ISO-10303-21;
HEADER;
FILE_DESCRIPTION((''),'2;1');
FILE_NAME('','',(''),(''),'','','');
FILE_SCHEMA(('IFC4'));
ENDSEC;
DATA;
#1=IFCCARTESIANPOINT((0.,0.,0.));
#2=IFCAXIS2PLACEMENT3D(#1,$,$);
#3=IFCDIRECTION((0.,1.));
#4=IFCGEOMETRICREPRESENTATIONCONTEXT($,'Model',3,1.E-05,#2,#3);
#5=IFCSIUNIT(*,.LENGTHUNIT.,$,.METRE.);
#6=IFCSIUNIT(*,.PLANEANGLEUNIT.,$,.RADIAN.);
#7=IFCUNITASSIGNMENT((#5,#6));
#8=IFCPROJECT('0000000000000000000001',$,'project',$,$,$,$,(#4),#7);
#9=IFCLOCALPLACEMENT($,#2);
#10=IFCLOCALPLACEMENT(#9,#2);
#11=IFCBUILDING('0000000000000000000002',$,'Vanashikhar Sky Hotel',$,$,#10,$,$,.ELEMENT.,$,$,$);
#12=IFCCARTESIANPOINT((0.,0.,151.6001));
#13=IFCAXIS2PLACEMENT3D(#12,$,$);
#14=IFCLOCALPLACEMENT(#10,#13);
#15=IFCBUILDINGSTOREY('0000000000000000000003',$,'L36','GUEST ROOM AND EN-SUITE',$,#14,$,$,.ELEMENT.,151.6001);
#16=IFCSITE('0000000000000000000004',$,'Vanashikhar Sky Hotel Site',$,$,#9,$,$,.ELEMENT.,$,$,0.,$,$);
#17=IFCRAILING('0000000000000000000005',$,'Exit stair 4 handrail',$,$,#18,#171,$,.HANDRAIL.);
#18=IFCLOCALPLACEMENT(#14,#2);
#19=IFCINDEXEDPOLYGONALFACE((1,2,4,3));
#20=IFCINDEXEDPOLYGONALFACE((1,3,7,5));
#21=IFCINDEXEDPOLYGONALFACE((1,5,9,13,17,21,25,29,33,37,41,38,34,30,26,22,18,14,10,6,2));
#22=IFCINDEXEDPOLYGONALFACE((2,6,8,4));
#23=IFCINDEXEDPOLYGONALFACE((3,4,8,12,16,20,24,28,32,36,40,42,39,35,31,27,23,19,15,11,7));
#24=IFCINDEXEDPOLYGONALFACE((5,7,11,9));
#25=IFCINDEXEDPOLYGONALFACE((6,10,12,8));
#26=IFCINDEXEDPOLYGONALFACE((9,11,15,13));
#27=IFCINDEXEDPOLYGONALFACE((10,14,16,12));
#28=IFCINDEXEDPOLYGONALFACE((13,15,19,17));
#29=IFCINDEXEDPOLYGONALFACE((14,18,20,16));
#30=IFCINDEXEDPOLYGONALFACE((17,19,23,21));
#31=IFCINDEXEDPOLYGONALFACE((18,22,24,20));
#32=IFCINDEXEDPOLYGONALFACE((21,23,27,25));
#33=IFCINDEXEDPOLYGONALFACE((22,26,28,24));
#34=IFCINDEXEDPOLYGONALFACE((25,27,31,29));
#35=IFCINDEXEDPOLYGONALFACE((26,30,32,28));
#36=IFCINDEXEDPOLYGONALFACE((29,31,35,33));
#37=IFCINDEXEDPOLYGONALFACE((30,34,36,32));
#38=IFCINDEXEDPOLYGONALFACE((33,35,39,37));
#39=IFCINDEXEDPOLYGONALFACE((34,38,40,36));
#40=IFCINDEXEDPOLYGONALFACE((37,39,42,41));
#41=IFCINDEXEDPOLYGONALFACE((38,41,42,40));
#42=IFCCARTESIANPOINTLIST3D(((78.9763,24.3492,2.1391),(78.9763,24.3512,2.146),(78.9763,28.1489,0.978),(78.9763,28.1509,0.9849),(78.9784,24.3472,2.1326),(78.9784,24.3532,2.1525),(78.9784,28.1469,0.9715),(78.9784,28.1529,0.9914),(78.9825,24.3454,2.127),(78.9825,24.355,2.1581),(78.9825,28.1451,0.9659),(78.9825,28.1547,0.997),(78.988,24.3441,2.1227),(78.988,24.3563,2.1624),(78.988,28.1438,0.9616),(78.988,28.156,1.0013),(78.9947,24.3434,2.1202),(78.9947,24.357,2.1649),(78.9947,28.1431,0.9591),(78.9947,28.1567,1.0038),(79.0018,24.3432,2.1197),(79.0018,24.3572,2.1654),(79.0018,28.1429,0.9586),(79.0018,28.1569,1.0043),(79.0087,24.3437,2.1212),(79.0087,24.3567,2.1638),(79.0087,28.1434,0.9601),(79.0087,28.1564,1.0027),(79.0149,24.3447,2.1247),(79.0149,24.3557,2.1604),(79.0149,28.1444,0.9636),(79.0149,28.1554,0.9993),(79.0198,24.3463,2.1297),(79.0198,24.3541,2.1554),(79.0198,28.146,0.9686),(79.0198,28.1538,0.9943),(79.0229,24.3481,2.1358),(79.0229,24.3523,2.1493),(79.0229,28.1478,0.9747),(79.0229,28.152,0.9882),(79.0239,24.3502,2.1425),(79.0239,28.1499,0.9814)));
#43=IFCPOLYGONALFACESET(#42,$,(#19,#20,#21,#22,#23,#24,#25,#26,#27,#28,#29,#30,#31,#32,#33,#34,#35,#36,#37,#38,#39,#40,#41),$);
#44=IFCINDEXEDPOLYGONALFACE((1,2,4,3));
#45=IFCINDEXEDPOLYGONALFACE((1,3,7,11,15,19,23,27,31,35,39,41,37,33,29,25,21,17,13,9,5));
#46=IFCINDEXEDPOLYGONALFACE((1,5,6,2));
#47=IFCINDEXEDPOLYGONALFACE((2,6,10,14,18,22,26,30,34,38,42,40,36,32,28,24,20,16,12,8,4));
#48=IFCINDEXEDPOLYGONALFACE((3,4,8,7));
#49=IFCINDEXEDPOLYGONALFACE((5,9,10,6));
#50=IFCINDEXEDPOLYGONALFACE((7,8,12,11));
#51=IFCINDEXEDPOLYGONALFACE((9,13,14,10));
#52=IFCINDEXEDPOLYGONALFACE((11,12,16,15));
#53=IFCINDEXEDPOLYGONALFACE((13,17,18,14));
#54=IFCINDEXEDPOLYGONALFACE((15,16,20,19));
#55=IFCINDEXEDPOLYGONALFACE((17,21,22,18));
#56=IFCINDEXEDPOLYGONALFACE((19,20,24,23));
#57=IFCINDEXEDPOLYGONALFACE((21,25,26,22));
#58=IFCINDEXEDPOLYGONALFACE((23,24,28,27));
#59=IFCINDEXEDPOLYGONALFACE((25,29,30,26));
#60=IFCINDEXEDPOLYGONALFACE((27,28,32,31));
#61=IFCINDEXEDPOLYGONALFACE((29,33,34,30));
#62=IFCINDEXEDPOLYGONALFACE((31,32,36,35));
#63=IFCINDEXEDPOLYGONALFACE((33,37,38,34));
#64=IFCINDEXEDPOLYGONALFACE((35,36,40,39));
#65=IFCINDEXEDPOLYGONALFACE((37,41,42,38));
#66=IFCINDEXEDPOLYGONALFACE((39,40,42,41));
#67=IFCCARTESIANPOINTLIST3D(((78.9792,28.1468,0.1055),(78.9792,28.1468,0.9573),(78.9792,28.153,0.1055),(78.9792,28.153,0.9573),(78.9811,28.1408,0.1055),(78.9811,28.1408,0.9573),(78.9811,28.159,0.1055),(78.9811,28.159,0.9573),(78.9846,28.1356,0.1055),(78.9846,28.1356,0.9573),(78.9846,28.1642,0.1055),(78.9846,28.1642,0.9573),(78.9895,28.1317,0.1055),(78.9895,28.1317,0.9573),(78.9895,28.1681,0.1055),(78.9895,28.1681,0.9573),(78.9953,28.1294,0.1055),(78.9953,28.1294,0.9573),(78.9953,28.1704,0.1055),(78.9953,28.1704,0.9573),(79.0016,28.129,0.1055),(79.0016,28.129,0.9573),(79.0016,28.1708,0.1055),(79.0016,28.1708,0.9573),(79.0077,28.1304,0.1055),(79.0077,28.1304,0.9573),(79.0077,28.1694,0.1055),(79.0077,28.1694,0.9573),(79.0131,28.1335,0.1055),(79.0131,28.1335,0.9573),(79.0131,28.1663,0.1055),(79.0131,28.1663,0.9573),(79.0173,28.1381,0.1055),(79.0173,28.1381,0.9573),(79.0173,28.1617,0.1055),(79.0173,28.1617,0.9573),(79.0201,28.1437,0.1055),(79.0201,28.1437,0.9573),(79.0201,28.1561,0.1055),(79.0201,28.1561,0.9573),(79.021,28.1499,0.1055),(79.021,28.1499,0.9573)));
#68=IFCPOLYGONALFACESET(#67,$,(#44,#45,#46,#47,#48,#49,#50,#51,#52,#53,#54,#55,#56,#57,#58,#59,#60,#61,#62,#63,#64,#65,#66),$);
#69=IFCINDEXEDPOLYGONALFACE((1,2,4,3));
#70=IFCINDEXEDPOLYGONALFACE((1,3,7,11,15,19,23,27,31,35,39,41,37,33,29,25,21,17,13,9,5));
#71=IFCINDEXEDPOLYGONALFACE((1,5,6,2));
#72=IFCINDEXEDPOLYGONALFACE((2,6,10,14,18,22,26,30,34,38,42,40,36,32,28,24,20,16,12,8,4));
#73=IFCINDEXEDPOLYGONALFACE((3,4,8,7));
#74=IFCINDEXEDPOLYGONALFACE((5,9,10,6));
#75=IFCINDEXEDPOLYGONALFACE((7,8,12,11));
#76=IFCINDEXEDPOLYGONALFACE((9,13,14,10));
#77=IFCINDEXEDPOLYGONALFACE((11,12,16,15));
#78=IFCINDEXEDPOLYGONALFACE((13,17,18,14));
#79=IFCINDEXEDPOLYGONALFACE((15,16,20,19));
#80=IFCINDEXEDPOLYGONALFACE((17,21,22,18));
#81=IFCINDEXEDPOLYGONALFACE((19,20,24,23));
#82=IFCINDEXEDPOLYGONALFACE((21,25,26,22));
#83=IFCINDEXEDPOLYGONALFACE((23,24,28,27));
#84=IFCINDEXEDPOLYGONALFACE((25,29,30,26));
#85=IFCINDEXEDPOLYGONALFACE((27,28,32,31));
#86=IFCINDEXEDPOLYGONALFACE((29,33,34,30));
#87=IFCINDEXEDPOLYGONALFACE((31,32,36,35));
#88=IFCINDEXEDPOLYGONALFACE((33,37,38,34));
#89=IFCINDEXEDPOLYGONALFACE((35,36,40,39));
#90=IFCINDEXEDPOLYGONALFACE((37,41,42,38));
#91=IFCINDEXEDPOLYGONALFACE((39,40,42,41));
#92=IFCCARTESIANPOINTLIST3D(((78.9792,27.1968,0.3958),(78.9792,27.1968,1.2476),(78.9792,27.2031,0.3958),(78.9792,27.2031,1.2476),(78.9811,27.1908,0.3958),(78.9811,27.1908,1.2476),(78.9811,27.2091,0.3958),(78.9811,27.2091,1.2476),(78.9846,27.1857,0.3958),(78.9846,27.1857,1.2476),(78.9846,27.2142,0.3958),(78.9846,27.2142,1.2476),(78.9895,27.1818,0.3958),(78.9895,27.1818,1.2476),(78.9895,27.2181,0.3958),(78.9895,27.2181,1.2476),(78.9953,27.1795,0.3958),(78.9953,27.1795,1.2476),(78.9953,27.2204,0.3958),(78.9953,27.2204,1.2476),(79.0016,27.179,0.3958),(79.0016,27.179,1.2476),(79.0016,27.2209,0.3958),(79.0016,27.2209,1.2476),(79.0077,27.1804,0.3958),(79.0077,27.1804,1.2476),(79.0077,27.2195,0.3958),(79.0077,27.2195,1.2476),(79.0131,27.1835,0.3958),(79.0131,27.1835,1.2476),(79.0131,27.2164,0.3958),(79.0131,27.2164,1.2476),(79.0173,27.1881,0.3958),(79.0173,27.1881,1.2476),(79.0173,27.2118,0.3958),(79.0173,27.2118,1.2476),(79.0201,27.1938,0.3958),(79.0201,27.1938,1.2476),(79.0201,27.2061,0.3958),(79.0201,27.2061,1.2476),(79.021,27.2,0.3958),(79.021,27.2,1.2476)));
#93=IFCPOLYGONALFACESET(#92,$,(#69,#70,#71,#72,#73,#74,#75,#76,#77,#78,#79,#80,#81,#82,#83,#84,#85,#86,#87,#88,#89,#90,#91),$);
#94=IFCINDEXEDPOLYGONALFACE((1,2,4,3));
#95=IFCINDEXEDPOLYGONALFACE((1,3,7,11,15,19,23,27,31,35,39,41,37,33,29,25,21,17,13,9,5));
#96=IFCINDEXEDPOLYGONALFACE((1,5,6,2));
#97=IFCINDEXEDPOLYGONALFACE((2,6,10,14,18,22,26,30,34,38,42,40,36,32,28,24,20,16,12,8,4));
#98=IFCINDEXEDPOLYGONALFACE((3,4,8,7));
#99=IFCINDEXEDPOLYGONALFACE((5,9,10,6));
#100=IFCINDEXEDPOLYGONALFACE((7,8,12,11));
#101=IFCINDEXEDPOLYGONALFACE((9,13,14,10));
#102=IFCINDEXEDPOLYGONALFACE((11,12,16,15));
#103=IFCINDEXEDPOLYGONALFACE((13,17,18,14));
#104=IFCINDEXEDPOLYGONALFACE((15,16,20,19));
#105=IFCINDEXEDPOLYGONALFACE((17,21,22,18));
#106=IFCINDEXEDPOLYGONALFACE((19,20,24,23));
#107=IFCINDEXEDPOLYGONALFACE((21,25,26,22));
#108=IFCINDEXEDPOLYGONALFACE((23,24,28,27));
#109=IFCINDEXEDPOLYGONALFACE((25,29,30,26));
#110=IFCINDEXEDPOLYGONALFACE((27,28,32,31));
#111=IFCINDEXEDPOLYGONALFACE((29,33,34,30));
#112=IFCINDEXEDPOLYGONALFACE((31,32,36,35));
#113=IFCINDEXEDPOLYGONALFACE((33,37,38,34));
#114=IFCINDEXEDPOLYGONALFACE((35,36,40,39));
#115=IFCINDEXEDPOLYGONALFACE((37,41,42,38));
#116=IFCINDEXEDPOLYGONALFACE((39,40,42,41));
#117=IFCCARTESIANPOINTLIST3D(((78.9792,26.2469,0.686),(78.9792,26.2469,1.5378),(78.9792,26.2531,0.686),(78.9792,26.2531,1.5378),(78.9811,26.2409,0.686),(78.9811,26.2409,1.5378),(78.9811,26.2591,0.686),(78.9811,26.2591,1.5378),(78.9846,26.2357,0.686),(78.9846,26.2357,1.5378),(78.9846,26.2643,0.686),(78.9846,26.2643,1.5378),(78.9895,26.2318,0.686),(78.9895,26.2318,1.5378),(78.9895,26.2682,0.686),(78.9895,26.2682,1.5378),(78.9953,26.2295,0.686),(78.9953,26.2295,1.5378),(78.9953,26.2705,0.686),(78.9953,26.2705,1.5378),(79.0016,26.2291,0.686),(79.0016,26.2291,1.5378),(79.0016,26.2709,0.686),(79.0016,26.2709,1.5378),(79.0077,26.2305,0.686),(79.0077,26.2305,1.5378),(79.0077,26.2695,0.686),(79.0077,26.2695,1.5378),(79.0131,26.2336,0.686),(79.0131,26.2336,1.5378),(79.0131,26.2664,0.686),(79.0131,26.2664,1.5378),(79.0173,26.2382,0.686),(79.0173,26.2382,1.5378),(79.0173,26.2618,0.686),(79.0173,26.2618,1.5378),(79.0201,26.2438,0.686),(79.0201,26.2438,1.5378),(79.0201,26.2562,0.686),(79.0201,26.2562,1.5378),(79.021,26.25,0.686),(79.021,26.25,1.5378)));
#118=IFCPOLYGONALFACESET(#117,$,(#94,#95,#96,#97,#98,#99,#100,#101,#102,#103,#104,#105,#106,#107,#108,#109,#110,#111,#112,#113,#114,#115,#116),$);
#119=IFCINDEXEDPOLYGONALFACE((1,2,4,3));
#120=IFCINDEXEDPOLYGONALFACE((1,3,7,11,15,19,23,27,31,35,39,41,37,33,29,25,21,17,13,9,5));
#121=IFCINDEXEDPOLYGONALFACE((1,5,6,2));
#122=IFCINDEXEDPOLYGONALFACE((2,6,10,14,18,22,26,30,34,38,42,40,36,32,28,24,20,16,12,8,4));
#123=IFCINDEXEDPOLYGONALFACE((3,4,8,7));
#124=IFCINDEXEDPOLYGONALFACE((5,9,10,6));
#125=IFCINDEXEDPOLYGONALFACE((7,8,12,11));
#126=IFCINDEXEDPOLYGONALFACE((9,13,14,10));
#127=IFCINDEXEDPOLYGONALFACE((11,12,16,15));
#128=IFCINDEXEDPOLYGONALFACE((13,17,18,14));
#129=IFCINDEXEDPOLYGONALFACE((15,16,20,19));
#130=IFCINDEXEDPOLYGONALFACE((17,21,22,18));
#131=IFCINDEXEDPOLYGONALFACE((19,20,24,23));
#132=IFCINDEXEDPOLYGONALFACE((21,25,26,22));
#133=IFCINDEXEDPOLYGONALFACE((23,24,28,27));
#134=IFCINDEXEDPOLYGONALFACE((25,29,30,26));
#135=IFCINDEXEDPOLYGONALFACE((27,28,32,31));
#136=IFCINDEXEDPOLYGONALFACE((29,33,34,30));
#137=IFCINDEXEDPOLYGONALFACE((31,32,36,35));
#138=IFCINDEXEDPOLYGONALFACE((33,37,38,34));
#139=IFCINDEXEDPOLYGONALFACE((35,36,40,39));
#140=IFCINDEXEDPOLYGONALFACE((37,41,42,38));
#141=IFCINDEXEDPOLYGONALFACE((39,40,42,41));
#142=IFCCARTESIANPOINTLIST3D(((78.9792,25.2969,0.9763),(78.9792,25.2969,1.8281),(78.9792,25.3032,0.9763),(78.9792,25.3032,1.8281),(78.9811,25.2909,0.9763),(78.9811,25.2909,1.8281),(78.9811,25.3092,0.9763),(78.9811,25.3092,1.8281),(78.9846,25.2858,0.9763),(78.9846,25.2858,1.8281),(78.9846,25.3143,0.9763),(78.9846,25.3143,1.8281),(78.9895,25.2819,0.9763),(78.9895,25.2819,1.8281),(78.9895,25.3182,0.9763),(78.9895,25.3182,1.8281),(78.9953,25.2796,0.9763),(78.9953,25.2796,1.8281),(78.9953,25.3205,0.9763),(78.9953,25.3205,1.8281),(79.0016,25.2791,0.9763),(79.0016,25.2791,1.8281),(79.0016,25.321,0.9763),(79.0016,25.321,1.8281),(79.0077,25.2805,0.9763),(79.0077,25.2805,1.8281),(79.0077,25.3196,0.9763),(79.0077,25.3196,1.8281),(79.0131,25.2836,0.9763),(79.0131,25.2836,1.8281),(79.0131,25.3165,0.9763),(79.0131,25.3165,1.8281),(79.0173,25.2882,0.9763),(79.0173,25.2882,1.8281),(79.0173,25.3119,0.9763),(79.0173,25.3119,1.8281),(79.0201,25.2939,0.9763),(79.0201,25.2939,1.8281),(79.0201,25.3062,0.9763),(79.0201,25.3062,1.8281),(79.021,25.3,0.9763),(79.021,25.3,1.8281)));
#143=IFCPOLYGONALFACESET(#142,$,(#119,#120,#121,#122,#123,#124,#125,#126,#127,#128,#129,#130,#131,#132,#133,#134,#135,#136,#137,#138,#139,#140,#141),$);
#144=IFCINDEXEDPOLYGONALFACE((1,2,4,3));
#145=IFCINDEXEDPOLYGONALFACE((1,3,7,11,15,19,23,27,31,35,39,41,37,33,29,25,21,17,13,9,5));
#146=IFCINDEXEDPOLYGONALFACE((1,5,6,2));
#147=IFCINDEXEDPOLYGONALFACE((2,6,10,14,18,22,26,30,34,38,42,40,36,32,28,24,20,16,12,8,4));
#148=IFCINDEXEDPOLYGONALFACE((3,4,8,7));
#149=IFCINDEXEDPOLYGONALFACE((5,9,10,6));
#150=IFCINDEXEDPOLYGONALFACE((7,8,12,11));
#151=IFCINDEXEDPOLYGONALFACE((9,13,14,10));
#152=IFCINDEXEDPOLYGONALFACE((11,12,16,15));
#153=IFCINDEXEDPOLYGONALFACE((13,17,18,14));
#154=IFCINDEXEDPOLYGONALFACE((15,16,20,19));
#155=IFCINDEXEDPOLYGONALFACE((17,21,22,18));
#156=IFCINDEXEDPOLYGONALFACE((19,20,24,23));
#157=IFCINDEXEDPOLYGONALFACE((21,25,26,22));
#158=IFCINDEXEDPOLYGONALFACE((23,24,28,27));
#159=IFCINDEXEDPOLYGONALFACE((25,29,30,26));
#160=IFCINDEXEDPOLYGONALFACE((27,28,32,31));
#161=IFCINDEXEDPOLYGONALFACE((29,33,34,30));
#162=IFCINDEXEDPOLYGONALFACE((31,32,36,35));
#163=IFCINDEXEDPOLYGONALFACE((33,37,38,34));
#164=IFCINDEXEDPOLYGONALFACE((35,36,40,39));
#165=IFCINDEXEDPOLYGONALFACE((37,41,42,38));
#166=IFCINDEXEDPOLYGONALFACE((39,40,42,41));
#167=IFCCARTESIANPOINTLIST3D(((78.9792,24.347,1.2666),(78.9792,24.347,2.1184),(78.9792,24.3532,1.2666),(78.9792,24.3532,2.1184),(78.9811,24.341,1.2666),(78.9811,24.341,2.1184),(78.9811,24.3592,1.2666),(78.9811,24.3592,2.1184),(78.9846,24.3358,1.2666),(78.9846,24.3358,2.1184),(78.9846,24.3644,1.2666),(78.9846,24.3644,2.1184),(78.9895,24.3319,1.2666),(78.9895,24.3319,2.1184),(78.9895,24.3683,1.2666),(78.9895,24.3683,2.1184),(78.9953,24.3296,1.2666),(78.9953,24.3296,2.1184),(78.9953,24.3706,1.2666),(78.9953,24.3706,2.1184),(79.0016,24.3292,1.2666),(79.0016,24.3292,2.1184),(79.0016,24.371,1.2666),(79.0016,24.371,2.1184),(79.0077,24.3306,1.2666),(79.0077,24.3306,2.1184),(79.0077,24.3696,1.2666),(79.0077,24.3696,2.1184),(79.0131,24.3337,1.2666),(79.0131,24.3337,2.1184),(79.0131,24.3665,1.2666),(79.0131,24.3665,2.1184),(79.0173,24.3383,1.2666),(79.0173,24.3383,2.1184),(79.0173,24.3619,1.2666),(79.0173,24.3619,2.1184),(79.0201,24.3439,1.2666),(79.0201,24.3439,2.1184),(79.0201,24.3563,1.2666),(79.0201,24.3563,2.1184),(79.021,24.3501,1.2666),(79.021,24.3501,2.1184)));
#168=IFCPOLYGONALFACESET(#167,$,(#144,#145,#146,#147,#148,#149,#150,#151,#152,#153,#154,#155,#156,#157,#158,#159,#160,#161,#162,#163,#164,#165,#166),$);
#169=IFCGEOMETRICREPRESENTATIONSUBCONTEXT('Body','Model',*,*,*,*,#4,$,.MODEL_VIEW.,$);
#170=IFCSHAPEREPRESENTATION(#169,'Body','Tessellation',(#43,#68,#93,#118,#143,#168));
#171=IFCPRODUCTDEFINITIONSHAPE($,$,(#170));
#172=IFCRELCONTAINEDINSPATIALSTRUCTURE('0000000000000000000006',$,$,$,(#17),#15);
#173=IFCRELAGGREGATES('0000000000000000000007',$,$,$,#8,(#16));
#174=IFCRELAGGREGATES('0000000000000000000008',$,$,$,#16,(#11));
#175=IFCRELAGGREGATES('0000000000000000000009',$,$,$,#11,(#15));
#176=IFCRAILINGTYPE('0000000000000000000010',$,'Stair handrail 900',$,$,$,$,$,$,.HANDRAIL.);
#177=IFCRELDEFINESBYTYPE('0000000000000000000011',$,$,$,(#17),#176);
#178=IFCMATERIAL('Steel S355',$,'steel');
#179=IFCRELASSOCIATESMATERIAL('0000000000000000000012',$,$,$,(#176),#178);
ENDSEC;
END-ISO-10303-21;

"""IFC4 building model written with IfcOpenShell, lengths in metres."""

from ifc_helpers import new_model, si_unit, direction, frame, origin, origin_2d, place, context, subcontext, project, spatial, circle, extrude, source, transform, mapped, material, type_object, element, save


model = new_model("IFC4")

# Units and contexts
model_context = context("Model", 3, precision=1e-05, world=origin(), true_north=direction((0.0, 1.0)))
body_context = subcontext(model_context, "Body", "Model", "MODEL_VIEW")
ifc_project = project(units=[si_unit("LENGTHUNIT", "METRE"), si_unit("PLANEANGLEUNIT", "RADIAN")], contexts=[model_context])

# Site, building, storey
site_placement = place(None, origin())
site = spatial("IfcSite", under=ifc_project, at=site_placement, Name="Vanashikhar Sky Hotel Site", CompositionType="ELEMENT", RefElevation=0.0)
building_placement = place(site_placement, origin())
building = spatial("IfcBuilding", under=site, at=building_placement, Name="Vanashikhar Sky Hotel", CompositionType="ELEMENT")
storey_placement = place(building_placement, frame((0.0, 0.0, 151.6001)))
storey = spatial("IfcBuildingStorey", under=building, at=storey_placement, Name="L36", Description="GUEST ROOM AND EN-SUITE", CompositionType="ELEMENT", Elevation=151.6001)

# Railing
ifc_material_1 = material(Name="Steel S355", Category="steel")
railing_type_1 = type_object("IfcRailingType", Name="Stair handrail 900", PredefinedType="HANDRAIL", material=ifc_material_1)
shared_shape_1 = source(origin(), body_context, "Body", "SweptSolid", [
    extrude(circle(Radius=0.0239, at=origin_2d()), frame((0.0, 0.0, 0.876), z_axis=(0.0, -0.956346, 0.292237), x_axis=(1.0, 0.0, 0.0)), (0.0, 0.0, 1.0), 3.9731),
    extrude(circle(Radius=0.021, at=origin_2d()), origin(), (0.0, 0.0, 1.0), 0.8518),
    extrude(circle(Radius=0.021, at=origin_2d()), frame((0.0, -0.95, 0.2903)), (0.0, 0.0, 1.0), 0.8518),
    extrude(circle(Radius=0.021, at=origin_2d()), frame((0.0, -1.8999, 0.5806)), (0.0, 0.0, 1.0), 0.8518),
    extrude(circle(Radius=0.021, at=origin_2d()), frame((0.0, -2.8499, 0.8708)), (0.0, 0.0, 1.0), 0.8518),
    extrude(circle(Radius=0.021, at=origin_2d()), frame((0.0, -3.7998, 1.1611)), (0.0, 0.0, 1.0), 0.8518),
])
for number, where, name in (
    (1, (79.0, 28.1499, 0.1055), "Exit stair 4 handrail"),
):
    element("IfcRailing", number, at=place(storey_placement, frame(where)), inside=storey, type_object=railing_type_1, Name=name, PredefinedType="HANDRAIL", context=body_context, shape_type="MappedRepresentation", body=[
        mapped(shared_shape_1, transform((0.0, 0.0, 0.0), scale=1.0)),
    ])

save(model, "model.ifc")
